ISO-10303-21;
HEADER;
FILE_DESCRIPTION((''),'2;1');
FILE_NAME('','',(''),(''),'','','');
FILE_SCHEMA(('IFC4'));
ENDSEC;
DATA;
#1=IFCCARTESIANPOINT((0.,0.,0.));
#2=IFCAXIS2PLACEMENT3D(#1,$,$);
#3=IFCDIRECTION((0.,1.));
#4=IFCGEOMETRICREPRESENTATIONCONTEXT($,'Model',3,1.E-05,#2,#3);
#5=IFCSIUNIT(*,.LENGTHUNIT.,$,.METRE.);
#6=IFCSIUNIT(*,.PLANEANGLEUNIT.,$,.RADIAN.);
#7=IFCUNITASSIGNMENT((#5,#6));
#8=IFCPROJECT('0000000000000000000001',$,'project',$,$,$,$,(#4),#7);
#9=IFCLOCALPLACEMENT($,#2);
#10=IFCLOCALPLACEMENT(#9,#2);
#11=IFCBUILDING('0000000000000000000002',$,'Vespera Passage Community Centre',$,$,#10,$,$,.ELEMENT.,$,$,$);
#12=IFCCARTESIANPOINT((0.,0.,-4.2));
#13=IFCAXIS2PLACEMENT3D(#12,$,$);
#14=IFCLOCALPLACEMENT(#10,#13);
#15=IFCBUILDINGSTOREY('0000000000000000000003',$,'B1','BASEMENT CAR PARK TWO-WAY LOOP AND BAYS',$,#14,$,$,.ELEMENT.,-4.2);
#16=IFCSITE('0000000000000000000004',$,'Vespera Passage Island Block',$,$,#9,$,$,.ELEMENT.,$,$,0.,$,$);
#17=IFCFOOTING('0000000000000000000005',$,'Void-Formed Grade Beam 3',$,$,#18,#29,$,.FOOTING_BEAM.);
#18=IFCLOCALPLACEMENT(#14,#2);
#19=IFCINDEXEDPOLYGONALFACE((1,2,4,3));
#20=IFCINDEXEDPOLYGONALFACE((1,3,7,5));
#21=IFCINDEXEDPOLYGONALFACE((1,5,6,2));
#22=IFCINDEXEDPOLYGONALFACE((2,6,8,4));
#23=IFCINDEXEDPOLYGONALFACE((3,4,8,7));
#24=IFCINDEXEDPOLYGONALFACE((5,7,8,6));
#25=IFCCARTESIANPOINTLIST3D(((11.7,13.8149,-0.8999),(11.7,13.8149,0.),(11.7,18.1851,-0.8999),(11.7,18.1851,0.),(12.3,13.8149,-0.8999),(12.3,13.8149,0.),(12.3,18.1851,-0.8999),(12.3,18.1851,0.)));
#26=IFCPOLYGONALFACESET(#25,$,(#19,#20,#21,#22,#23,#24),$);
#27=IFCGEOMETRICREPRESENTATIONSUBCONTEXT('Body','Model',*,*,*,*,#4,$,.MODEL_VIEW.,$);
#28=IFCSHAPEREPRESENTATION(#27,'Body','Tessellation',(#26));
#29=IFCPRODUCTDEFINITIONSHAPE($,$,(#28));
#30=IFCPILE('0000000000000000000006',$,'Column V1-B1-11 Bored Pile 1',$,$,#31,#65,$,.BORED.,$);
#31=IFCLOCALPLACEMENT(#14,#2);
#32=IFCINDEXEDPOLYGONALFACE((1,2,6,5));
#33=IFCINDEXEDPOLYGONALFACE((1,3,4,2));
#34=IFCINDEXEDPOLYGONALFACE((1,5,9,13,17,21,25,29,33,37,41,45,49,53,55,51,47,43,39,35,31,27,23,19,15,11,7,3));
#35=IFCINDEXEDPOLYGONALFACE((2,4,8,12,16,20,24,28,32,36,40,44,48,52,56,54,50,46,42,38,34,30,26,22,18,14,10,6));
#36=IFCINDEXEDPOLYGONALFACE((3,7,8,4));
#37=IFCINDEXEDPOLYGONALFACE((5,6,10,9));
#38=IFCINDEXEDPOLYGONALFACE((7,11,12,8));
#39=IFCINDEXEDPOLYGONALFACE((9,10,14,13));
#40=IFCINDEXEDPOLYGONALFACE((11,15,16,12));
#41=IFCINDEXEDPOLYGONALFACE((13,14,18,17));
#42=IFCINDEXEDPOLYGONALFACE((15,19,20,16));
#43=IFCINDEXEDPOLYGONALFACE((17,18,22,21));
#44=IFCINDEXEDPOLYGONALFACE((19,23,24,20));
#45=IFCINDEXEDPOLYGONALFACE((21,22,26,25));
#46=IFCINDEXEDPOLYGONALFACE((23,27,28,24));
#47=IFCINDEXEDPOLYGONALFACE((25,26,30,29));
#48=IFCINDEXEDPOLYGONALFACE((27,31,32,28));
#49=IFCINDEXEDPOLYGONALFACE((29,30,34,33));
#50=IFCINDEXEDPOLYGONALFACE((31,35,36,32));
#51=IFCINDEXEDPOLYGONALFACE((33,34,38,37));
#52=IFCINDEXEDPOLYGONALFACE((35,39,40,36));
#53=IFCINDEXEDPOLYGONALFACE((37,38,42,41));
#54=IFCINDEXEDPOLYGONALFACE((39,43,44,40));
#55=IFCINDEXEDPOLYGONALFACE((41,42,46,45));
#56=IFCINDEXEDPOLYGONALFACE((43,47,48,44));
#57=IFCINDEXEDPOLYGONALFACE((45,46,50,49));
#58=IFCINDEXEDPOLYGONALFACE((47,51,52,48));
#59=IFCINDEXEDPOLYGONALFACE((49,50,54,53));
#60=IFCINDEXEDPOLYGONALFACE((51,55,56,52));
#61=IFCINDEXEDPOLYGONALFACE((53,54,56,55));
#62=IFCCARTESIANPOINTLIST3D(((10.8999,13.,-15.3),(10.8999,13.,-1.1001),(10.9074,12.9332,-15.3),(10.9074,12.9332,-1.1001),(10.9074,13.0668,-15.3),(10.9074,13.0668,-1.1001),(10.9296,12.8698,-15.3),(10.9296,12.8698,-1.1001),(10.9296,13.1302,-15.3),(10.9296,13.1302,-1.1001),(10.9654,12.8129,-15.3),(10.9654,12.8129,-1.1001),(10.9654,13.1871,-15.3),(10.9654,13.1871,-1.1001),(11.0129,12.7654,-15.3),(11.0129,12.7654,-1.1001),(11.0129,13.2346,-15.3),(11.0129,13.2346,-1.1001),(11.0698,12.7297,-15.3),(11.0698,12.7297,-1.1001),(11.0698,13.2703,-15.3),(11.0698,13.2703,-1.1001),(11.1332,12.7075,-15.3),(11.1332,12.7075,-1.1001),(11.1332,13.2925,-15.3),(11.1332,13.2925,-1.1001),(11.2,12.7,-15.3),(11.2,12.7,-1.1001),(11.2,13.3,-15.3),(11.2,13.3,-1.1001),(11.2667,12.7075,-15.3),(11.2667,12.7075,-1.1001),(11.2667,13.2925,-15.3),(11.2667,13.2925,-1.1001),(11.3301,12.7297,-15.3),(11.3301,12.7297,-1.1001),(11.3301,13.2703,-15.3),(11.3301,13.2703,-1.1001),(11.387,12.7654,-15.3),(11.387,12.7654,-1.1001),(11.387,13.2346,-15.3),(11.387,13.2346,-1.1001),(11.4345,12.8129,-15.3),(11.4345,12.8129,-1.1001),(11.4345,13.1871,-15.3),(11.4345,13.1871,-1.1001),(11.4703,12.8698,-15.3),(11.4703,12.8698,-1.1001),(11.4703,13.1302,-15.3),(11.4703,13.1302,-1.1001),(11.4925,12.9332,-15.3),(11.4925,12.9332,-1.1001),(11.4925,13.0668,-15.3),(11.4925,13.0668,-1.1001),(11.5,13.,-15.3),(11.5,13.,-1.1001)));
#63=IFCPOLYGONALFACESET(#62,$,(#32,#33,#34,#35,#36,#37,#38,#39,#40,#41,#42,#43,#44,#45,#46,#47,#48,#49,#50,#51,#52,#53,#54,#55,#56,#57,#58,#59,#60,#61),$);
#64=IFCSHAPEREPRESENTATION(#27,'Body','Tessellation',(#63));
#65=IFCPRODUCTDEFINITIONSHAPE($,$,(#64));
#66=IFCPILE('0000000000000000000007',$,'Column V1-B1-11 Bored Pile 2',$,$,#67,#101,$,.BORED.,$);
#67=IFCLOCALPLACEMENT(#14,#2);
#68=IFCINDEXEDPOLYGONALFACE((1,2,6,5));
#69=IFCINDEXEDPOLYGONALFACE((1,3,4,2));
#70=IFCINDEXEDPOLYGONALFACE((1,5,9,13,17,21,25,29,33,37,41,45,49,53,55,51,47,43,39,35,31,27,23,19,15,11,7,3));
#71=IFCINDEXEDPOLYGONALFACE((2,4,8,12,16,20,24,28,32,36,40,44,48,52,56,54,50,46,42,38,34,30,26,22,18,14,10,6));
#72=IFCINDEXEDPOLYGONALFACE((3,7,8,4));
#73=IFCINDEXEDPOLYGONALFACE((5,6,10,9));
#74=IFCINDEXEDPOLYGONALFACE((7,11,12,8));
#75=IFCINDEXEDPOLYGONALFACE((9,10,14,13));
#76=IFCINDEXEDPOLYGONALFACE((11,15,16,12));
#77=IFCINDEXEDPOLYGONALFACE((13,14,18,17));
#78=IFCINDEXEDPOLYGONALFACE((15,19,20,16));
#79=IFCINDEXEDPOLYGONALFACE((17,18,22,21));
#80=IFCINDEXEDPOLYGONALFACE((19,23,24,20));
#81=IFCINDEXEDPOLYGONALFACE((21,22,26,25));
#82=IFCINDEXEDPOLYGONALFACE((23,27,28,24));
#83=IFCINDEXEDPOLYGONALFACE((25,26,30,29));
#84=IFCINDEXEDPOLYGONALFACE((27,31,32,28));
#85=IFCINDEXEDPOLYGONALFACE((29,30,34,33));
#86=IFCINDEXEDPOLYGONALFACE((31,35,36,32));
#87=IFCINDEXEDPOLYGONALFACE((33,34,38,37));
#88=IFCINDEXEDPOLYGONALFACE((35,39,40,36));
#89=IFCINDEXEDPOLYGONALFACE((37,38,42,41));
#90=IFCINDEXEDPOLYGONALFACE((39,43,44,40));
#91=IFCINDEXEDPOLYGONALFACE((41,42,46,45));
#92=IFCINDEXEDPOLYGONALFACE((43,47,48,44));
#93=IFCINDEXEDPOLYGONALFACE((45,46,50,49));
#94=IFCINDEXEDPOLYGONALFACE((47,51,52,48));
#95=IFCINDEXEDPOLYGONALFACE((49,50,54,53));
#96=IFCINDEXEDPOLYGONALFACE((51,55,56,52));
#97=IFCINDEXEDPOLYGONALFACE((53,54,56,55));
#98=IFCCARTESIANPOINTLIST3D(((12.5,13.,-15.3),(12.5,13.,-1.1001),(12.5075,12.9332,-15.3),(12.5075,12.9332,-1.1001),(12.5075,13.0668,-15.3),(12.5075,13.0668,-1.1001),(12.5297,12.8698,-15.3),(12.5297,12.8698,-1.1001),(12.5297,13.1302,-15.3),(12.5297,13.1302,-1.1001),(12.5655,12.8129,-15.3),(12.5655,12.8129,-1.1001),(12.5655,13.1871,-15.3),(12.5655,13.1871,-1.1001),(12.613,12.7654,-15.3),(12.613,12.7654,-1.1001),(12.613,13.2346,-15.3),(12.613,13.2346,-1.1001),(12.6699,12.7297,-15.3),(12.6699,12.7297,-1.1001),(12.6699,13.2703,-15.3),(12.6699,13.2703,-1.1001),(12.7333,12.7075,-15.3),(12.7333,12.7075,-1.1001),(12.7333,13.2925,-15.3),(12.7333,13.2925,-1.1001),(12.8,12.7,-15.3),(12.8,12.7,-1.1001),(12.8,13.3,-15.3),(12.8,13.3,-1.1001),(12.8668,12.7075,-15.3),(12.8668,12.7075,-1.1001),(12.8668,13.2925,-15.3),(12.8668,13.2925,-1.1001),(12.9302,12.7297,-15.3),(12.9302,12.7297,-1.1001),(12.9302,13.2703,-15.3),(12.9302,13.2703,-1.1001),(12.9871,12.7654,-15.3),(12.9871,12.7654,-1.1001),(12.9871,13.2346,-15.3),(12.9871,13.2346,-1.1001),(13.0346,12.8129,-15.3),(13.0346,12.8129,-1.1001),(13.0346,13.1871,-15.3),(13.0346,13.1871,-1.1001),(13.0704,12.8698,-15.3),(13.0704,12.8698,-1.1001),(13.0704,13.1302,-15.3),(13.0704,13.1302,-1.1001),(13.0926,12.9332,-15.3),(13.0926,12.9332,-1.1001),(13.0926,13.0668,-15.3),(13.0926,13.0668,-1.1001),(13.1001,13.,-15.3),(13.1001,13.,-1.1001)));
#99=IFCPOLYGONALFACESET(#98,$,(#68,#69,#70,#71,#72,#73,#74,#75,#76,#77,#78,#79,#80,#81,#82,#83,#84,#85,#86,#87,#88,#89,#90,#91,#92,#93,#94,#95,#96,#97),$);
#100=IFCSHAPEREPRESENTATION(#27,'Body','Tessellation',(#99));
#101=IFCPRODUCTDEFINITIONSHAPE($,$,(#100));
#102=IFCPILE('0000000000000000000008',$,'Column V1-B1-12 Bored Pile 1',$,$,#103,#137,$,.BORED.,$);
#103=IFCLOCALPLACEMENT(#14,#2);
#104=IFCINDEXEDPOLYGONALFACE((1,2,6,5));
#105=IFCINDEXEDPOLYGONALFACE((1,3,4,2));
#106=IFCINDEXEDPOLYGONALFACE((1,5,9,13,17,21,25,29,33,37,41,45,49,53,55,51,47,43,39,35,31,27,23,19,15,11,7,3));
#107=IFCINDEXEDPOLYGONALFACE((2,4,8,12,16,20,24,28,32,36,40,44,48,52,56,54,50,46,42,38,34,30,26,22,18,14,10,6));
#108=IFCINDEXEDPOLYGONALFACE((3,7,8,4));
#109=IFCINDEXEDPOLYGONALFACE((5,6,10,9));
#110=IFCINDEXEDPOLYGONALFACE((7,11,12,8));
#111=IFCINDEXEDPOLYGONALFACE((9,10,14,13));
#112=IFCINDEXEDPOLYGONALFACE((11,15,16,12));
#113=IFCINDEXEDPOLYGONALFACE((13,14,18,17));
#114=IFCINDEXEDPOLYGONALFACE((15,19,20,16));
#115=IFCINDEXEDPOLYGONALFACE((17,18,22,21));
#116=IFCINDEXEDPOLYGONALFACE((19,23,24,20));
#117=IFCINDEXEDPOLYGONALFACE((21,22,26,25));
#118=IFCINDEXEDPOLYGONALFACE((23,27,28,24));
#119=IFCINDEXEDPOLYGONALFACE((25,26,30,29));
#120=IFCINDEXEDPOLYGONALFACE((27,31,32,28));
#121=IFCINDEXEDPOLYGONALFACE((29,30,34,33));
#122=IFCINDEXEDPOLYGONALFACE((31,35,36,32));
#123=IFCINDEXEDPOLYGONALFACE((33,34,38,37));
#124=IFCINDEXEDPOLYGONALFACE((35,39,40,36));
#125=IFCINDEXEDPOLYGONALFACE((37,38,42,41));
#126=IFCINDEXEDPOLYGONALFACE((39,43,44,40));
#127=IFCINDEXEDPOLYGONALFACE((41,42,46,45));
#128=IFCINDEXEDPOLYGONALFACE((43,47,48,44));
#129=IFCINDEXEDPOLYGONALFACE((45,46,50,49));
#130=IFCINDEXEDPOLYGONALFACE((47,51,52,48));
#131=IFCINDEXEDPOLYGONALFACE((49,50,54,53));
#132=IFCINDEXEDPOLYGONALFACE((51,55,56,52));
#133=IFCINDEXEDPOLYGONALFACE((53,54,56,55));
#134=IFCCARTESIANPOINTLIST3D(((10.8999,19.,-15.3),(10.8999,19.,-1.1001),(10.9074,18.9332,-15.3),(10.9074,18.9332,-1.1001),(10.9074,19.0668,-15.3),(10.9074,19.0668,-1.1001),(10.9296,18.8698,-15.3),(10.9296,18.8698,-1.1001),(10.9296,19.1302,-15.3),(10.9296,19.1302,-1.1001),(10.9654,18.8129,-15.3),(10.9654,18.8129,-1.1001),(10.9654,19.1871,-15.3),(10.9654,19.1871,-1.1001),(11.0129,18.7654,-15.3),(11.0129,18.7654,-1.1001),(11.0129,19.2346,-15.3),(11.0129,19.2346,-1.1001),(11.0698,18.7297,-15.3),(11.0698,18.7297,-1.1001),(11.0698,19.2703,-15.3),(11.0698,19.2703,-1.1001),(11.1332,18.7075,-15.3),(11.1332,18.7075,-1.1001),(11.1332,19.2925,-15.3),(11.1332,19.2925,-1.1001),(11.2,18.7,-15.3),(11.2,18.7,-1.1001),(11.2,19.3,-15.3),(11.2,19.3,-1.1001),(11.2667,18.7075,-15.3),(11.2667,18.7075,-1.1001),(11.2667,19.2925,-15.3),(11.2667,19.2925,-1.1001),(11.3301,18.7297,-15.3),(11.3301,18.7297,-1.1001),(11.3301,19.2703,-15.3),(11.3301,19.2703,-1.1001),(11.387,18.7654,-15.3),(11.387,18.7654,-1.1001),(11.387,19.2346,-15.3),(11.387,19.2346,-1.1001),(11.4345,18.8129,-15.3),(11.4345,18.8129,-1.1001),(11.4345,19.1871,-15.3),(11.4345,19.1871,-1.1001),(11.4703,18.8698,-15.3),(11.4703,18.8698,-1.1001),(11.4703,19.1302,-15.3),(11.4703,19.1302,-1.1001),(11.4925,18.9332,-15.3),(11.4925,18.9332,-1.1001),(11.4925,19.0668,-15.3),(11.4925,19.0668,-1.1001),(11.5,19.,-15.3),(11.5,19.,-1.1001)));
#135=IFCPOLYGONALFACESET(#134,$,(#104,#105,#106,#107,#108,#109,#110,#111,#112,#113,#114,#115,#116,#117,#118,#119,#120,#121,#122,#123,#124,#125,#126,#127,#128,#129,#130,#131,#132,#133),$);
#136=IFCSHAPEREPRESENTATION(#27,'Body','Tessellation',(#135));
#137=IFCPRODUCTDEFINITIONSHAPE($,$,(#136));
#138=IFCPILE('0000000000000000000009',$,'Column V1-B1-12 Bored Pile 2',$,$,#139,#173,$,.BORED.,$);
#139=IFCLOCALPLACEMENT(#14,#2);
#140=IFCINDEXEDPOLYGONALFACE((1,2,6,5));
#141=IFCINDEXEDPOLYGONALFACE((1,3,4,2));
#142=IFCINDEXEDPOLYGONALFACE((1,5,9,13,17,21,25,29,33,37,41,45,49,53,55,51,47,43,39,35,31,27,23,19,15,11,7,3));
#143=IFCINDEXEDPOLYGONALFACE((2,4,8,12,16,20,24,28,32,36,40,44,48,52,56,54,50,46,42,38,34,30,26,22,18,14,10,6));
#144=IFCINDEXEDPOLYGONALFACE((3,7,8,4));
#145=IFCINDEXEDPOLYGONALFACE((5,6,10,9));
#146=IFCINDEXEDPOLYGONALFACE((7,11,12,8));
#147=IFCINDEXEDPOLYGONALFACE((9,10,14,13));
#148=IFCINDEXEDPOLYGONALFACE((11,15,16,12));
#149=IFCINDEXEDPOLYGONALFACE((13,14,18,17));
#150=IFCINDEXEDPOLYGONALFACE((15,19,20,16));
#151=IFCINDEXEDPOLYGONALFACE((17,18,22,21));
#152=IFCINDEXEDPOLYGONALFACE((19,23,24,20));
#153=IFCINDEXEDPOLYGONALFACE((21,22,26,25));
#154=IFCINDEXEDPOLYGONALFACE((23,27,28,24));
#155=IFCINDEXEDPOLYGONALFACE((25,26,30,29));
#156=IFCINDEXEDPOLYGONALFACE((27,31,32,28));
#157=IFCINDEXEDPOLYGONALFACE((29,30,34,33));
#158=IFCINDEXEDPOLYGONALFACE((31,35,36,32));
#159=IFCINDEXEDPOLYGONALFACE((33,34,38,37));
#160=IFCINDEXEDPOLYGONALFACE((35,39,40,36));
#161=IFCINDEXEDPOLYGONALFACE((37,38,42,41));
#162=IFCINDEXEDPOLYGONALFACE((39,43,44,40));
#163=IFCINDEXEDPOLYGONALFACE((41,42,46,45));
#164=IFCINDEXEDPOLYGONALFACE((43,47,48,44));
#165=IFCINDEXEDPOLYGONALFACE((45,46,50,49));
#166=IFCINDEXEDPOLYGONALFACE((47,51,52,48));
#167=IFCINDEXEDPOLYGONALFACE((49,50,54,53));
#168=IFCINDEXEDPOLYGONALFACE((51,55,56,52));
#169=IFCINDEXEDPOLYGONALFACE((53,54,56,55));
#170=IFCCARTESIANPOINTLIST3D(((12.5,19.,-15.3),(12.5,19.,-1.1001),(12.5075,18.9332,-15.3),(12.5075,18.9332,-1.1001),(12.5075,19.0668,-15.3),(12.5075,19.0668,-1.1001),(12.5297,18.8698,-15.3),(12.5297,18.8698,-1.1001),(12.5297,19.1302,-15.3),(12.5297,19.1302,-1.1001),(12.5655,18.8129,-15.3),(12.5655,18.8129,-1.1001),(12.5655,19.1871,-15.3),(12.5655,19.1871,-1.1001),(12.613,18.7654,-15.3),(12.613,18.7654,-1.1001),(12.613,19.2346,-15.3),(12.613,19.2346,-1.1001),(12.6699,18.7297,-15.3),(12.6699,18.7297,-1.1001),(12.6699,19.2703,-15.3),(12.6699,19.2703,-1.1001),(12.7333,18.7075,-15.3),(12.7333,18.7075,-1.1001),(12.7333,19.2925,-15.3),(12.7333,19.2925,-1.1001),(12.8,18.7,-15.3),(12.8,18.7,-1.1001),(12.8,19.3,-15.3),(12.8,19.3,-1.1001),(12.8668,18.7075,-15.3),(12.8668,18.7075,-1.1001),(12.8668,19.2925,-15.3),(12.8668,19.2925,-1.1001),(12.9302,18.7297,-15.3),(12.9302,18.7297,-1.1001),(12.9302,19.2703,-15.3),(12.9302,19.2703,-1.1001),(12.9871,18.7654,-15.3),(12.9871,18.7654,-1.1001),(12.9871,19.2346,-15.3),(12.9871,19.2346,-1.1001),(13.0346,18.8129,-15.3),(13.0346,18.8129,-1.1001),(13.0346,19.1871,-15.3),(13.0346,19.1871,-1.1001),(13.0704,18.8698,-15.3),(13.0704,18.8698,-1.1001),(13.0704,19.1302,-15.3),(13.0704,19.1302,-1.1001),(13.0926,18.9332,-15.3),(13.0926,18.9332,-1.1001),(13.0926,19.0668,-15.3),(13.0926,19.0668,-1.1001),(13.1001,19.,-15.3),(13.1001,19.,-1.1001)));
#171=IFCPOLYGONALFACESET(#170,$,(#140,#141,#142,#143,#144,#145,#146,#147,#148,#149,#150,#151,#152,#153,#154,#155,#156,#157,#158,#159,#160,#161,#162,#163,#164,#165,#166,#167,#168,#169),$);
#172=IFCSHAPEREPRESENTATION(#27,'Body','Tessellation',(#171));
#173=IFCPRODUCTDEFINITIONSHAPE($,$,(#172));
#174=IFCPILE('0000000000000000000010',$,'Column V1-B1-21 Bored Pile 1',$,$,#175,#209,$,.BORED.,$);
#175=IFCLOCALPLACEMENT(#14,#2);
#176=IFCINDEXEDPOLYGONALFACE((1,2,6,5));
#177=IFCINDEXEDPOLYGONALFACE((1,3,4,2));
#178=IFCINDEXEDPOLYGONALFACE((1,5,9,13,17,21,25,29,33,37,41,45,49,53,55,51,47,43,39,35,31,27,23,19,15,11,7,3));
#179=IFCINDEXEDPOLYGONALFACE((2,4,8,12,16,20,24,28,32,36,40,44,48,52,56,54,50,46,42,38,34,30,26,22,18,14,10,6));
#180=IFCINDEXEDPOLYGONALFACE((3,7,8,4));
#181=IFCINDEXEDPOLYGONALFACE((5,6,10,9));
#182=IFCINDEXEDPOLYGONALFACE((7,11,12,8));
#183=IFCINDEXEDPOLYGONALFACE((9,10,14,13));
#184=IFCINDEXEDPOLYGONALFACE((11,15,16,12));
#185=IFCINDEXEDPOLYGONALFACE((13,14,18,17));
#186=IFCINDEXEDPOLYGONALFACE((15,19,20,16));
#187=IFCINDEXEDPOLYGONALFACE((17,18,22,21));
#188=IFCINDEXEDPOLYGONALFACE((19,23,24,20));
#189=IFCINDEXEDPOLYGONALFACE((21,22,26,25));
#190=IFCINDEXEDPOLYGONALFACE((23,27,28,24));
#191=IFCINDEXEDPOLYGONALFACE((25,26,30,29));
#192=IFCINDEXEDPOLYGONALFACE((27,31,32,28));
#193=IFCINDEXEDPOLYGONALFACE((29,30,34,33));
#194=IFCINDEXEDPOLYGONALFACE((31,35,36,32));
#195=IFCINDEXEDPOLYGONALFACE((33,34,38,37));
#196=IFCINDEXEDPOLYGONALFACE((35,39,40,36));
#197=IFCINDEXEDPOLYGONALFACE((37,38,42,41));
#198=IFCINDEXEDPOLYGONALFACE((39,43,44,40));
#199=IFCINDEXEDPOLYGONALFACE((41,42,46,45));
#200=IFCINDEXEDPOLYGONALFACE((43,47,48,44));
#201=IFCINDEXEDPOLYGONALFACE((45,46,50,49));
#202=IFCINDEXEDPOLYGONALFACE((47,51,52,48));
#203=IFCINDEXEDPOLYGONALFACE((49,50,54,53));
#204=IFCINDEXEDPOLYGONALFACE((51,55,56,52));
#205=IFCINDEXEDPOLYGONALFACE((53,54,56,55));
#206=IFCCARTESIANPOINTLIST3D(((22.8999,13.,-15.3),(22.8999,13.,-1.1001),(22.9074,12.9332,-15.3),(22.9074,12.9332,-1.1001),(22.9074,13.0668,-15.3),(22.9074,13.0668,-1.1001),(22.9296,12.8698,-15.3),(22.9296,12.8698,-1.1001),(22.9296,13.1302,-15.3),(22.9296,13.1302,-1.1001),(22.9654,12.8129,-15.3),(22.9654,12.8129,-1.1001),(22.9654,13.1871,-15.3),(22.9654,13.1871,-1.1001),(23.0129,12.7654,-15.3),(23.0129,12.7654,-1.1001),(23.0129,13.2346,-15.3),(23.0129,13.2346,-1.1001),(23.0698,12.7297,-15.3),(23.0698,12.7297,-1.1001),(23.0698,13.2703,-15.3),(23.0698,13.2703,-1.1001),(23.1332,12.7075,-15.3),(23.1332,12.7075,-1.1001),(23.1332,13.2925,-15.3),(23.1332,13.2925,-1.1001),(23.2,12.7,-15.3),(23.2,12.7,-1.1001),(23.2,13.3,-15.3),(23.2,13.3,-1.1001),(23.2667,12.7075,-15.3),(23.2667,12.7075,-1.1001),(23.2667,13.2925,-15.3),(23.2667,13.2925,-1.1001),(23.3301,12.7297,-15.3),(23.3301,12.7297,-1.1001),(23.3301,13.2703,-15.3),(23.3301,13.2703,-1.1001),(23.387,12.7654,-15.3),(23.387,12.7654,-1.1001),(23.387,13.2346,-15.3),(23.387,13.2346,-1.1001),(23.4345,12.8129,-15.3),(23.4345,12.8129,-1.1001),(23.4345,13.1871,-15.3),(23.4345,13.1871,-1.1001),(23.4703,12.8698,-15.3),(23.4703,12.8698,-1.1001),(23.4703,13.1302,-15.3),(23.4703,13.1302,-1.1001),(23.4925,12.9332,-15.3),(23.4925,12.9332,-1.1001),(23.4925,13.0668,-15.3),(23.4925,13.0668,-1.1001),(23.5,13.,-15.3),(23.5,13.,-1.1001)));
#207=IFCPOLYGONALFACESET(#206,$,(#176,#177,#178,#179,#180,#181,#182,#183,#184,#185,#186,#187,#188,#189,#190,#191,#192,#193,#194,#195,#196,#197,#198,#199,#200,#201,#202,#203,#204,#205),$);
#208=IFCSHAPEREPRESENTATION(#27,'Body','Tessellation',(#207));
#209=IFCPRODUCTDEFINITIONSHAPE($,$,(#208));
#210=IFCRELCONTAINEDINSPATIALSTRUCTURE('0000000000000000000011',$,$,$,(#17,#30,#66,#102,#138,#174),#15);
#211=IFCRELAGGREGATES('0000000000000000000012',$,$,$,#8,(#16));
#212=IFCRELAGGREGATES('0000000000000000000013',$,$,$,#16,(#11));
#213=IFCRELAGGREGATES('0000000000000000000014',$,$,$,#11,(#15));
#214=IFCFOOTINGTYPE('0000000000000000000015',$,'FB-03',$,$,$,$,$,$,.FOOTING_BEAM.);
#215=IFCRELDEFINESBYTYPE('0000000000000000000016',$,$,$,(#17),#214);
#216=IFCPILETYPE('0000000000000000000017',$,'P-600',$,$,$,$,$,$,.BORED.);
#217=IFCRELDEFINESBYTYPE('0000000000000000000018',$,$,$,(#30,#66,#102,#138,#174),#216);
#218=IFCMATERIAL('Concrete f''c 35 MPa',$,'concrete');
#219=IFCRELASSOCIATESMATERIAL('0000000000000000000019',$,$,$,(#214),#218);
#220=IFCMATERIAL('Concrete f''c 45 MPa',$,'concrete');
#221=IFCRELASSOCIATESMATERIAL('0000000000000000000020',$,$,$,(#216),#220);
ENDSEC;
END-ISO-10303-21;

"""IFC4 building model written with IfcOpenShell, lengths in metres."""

from ifc_helpers import new_model, si_unit, direction, frame, origin, origin_2d, place, context, subcontext, project, spatial, rectangle, circle, extrude, material, material_profile, profile_set, type_object, element, save


model = new_model("IFC4")

# Units and contexts
model_context = context("Model", 3, precision=1e-05, world=origin(), true_north=direction((0.0, 1.0)))
body_context = subcontext(model_context, "Body", "Model", "MODEL_VIEW")
ifc_project = project(units=[si_unit("LENGTHUNIT", "METRE"), si_unit("PLANEANGLEUNIT", "RADIAN")], contexts=[model_context])

# Site, building, storey
site_placement = place(None, origin())
site = spatial("IfcSite", under=ifc_project, at=site_placement, Name="Vespera Passage Island Block", CompositionType="ELEMENT", RefElevation=0.0)
building_placement = place(site_placement, origin())
building = spatial("IfcBuilding", under=site, at=building_placement, Name="Vespera Passage Community Centre", CompositionType="ELEMENT")
storey_placement = place(building_placement, frame((0.0, 0.0, -4.2)))
storey = spatial("IfcBuildingStorey", under=building, at=storey_placement, Name="B1", Description="BASEMENT CAR PARK TWO-WAY LOOP AND BAYS", CompositionType="ELEMENT", Elevation=-4.2)

# Footing
ifc_material_1 = material(Name="Concrete f'c 35 MPa", Category="concrete")
footing_type_1 = type_object("IfcFootingType", Name="FB-03", PredefinedType="FOOTING_BEAM", material=ifc_material_1)
footing_placement = place(storey_placement, frame((12.0, 16.0, -0.8999), z_axis=(0.0, 0.0, 1.0), x_axis=(0.0, 1.0, 0.0)))
element("IfcFooting", 1, at=footing_placement, inside=storey, type_object=footing_type_1, Name="Void-Formed Grade Beam 3", PredefinedType="FOOTING_BEAM", context=body_context, shape_type="SweptSolid", body=[
    extrude(rectangle(XDim=4.3701, YDim=0.6001, at=origin_2d()), origin(), (0.0, 0.0, 1.0), 0.8999),
])

# Piles
ifc_material_2 = material(Name="Concrete f'c 45 MPa", Category="concrete")
ifc_material_profile_1 = material_profile(ifc_material_2, circle(Radius=0.3, at=origin_2d()), Name="PILE600DIA")
ifc_profile_set_1 = profile_set([ifc_material_profile_1], Name="Concrete f'c 45 MPa")
pile_type_1 = type_object("IfcPileType", Name="P-600", PredefinedType="BORED", material=ifc_profile_set_1)
for number, where, z_axis, x_axis, name in (
    (2, (11.2, 13.0, -1.1001), (0.0, 0.0, -1.0), (1.0, 0.0, 0.0), "Column V1-B1-11 Bored Pile 1"),
    (3, (12.8, 13.0, -1.1001), (0.0, 0.0, -1.0), (1.0, 0.0, 0.0), "Column V1-B1-11 Bored Pile 2"),
    (4, (11.2, 19.0, -1.1001), (0.0, 0.0, -1.0), (1.0, 0.0, 0.0), "Column V1-B1-12 Bored Pile 1"),
    (5, (12.8, 19.0, -1.1001), (0.0, 0.0, -1.0), (1.0, 0.0, 0.0), "Column V1-B1-12 Bored Pile 2"),
    (6, (23.2, 13.0, -1.1001), (0.0, 0.0, -1.0), (1.0, 0.0, 0.0), "Column V1-B1-21 Bored Pile 1"),
):
    element("IfcPile", number, at=place(storey_placement, frame(where, z_axis=z_axis, x_axis=x_axis)), inside=storey, type_object=pile_type_1, Name=name, PredefinedType="BORED", context=body_context, shape_type="SweptSolid", body=[
        extrude(circle(Radius=0.3, at=origin_2d()), origin(), (0.0, 0.0, 1.0), 14.2),
    ])

save(model, "model.ifc")
